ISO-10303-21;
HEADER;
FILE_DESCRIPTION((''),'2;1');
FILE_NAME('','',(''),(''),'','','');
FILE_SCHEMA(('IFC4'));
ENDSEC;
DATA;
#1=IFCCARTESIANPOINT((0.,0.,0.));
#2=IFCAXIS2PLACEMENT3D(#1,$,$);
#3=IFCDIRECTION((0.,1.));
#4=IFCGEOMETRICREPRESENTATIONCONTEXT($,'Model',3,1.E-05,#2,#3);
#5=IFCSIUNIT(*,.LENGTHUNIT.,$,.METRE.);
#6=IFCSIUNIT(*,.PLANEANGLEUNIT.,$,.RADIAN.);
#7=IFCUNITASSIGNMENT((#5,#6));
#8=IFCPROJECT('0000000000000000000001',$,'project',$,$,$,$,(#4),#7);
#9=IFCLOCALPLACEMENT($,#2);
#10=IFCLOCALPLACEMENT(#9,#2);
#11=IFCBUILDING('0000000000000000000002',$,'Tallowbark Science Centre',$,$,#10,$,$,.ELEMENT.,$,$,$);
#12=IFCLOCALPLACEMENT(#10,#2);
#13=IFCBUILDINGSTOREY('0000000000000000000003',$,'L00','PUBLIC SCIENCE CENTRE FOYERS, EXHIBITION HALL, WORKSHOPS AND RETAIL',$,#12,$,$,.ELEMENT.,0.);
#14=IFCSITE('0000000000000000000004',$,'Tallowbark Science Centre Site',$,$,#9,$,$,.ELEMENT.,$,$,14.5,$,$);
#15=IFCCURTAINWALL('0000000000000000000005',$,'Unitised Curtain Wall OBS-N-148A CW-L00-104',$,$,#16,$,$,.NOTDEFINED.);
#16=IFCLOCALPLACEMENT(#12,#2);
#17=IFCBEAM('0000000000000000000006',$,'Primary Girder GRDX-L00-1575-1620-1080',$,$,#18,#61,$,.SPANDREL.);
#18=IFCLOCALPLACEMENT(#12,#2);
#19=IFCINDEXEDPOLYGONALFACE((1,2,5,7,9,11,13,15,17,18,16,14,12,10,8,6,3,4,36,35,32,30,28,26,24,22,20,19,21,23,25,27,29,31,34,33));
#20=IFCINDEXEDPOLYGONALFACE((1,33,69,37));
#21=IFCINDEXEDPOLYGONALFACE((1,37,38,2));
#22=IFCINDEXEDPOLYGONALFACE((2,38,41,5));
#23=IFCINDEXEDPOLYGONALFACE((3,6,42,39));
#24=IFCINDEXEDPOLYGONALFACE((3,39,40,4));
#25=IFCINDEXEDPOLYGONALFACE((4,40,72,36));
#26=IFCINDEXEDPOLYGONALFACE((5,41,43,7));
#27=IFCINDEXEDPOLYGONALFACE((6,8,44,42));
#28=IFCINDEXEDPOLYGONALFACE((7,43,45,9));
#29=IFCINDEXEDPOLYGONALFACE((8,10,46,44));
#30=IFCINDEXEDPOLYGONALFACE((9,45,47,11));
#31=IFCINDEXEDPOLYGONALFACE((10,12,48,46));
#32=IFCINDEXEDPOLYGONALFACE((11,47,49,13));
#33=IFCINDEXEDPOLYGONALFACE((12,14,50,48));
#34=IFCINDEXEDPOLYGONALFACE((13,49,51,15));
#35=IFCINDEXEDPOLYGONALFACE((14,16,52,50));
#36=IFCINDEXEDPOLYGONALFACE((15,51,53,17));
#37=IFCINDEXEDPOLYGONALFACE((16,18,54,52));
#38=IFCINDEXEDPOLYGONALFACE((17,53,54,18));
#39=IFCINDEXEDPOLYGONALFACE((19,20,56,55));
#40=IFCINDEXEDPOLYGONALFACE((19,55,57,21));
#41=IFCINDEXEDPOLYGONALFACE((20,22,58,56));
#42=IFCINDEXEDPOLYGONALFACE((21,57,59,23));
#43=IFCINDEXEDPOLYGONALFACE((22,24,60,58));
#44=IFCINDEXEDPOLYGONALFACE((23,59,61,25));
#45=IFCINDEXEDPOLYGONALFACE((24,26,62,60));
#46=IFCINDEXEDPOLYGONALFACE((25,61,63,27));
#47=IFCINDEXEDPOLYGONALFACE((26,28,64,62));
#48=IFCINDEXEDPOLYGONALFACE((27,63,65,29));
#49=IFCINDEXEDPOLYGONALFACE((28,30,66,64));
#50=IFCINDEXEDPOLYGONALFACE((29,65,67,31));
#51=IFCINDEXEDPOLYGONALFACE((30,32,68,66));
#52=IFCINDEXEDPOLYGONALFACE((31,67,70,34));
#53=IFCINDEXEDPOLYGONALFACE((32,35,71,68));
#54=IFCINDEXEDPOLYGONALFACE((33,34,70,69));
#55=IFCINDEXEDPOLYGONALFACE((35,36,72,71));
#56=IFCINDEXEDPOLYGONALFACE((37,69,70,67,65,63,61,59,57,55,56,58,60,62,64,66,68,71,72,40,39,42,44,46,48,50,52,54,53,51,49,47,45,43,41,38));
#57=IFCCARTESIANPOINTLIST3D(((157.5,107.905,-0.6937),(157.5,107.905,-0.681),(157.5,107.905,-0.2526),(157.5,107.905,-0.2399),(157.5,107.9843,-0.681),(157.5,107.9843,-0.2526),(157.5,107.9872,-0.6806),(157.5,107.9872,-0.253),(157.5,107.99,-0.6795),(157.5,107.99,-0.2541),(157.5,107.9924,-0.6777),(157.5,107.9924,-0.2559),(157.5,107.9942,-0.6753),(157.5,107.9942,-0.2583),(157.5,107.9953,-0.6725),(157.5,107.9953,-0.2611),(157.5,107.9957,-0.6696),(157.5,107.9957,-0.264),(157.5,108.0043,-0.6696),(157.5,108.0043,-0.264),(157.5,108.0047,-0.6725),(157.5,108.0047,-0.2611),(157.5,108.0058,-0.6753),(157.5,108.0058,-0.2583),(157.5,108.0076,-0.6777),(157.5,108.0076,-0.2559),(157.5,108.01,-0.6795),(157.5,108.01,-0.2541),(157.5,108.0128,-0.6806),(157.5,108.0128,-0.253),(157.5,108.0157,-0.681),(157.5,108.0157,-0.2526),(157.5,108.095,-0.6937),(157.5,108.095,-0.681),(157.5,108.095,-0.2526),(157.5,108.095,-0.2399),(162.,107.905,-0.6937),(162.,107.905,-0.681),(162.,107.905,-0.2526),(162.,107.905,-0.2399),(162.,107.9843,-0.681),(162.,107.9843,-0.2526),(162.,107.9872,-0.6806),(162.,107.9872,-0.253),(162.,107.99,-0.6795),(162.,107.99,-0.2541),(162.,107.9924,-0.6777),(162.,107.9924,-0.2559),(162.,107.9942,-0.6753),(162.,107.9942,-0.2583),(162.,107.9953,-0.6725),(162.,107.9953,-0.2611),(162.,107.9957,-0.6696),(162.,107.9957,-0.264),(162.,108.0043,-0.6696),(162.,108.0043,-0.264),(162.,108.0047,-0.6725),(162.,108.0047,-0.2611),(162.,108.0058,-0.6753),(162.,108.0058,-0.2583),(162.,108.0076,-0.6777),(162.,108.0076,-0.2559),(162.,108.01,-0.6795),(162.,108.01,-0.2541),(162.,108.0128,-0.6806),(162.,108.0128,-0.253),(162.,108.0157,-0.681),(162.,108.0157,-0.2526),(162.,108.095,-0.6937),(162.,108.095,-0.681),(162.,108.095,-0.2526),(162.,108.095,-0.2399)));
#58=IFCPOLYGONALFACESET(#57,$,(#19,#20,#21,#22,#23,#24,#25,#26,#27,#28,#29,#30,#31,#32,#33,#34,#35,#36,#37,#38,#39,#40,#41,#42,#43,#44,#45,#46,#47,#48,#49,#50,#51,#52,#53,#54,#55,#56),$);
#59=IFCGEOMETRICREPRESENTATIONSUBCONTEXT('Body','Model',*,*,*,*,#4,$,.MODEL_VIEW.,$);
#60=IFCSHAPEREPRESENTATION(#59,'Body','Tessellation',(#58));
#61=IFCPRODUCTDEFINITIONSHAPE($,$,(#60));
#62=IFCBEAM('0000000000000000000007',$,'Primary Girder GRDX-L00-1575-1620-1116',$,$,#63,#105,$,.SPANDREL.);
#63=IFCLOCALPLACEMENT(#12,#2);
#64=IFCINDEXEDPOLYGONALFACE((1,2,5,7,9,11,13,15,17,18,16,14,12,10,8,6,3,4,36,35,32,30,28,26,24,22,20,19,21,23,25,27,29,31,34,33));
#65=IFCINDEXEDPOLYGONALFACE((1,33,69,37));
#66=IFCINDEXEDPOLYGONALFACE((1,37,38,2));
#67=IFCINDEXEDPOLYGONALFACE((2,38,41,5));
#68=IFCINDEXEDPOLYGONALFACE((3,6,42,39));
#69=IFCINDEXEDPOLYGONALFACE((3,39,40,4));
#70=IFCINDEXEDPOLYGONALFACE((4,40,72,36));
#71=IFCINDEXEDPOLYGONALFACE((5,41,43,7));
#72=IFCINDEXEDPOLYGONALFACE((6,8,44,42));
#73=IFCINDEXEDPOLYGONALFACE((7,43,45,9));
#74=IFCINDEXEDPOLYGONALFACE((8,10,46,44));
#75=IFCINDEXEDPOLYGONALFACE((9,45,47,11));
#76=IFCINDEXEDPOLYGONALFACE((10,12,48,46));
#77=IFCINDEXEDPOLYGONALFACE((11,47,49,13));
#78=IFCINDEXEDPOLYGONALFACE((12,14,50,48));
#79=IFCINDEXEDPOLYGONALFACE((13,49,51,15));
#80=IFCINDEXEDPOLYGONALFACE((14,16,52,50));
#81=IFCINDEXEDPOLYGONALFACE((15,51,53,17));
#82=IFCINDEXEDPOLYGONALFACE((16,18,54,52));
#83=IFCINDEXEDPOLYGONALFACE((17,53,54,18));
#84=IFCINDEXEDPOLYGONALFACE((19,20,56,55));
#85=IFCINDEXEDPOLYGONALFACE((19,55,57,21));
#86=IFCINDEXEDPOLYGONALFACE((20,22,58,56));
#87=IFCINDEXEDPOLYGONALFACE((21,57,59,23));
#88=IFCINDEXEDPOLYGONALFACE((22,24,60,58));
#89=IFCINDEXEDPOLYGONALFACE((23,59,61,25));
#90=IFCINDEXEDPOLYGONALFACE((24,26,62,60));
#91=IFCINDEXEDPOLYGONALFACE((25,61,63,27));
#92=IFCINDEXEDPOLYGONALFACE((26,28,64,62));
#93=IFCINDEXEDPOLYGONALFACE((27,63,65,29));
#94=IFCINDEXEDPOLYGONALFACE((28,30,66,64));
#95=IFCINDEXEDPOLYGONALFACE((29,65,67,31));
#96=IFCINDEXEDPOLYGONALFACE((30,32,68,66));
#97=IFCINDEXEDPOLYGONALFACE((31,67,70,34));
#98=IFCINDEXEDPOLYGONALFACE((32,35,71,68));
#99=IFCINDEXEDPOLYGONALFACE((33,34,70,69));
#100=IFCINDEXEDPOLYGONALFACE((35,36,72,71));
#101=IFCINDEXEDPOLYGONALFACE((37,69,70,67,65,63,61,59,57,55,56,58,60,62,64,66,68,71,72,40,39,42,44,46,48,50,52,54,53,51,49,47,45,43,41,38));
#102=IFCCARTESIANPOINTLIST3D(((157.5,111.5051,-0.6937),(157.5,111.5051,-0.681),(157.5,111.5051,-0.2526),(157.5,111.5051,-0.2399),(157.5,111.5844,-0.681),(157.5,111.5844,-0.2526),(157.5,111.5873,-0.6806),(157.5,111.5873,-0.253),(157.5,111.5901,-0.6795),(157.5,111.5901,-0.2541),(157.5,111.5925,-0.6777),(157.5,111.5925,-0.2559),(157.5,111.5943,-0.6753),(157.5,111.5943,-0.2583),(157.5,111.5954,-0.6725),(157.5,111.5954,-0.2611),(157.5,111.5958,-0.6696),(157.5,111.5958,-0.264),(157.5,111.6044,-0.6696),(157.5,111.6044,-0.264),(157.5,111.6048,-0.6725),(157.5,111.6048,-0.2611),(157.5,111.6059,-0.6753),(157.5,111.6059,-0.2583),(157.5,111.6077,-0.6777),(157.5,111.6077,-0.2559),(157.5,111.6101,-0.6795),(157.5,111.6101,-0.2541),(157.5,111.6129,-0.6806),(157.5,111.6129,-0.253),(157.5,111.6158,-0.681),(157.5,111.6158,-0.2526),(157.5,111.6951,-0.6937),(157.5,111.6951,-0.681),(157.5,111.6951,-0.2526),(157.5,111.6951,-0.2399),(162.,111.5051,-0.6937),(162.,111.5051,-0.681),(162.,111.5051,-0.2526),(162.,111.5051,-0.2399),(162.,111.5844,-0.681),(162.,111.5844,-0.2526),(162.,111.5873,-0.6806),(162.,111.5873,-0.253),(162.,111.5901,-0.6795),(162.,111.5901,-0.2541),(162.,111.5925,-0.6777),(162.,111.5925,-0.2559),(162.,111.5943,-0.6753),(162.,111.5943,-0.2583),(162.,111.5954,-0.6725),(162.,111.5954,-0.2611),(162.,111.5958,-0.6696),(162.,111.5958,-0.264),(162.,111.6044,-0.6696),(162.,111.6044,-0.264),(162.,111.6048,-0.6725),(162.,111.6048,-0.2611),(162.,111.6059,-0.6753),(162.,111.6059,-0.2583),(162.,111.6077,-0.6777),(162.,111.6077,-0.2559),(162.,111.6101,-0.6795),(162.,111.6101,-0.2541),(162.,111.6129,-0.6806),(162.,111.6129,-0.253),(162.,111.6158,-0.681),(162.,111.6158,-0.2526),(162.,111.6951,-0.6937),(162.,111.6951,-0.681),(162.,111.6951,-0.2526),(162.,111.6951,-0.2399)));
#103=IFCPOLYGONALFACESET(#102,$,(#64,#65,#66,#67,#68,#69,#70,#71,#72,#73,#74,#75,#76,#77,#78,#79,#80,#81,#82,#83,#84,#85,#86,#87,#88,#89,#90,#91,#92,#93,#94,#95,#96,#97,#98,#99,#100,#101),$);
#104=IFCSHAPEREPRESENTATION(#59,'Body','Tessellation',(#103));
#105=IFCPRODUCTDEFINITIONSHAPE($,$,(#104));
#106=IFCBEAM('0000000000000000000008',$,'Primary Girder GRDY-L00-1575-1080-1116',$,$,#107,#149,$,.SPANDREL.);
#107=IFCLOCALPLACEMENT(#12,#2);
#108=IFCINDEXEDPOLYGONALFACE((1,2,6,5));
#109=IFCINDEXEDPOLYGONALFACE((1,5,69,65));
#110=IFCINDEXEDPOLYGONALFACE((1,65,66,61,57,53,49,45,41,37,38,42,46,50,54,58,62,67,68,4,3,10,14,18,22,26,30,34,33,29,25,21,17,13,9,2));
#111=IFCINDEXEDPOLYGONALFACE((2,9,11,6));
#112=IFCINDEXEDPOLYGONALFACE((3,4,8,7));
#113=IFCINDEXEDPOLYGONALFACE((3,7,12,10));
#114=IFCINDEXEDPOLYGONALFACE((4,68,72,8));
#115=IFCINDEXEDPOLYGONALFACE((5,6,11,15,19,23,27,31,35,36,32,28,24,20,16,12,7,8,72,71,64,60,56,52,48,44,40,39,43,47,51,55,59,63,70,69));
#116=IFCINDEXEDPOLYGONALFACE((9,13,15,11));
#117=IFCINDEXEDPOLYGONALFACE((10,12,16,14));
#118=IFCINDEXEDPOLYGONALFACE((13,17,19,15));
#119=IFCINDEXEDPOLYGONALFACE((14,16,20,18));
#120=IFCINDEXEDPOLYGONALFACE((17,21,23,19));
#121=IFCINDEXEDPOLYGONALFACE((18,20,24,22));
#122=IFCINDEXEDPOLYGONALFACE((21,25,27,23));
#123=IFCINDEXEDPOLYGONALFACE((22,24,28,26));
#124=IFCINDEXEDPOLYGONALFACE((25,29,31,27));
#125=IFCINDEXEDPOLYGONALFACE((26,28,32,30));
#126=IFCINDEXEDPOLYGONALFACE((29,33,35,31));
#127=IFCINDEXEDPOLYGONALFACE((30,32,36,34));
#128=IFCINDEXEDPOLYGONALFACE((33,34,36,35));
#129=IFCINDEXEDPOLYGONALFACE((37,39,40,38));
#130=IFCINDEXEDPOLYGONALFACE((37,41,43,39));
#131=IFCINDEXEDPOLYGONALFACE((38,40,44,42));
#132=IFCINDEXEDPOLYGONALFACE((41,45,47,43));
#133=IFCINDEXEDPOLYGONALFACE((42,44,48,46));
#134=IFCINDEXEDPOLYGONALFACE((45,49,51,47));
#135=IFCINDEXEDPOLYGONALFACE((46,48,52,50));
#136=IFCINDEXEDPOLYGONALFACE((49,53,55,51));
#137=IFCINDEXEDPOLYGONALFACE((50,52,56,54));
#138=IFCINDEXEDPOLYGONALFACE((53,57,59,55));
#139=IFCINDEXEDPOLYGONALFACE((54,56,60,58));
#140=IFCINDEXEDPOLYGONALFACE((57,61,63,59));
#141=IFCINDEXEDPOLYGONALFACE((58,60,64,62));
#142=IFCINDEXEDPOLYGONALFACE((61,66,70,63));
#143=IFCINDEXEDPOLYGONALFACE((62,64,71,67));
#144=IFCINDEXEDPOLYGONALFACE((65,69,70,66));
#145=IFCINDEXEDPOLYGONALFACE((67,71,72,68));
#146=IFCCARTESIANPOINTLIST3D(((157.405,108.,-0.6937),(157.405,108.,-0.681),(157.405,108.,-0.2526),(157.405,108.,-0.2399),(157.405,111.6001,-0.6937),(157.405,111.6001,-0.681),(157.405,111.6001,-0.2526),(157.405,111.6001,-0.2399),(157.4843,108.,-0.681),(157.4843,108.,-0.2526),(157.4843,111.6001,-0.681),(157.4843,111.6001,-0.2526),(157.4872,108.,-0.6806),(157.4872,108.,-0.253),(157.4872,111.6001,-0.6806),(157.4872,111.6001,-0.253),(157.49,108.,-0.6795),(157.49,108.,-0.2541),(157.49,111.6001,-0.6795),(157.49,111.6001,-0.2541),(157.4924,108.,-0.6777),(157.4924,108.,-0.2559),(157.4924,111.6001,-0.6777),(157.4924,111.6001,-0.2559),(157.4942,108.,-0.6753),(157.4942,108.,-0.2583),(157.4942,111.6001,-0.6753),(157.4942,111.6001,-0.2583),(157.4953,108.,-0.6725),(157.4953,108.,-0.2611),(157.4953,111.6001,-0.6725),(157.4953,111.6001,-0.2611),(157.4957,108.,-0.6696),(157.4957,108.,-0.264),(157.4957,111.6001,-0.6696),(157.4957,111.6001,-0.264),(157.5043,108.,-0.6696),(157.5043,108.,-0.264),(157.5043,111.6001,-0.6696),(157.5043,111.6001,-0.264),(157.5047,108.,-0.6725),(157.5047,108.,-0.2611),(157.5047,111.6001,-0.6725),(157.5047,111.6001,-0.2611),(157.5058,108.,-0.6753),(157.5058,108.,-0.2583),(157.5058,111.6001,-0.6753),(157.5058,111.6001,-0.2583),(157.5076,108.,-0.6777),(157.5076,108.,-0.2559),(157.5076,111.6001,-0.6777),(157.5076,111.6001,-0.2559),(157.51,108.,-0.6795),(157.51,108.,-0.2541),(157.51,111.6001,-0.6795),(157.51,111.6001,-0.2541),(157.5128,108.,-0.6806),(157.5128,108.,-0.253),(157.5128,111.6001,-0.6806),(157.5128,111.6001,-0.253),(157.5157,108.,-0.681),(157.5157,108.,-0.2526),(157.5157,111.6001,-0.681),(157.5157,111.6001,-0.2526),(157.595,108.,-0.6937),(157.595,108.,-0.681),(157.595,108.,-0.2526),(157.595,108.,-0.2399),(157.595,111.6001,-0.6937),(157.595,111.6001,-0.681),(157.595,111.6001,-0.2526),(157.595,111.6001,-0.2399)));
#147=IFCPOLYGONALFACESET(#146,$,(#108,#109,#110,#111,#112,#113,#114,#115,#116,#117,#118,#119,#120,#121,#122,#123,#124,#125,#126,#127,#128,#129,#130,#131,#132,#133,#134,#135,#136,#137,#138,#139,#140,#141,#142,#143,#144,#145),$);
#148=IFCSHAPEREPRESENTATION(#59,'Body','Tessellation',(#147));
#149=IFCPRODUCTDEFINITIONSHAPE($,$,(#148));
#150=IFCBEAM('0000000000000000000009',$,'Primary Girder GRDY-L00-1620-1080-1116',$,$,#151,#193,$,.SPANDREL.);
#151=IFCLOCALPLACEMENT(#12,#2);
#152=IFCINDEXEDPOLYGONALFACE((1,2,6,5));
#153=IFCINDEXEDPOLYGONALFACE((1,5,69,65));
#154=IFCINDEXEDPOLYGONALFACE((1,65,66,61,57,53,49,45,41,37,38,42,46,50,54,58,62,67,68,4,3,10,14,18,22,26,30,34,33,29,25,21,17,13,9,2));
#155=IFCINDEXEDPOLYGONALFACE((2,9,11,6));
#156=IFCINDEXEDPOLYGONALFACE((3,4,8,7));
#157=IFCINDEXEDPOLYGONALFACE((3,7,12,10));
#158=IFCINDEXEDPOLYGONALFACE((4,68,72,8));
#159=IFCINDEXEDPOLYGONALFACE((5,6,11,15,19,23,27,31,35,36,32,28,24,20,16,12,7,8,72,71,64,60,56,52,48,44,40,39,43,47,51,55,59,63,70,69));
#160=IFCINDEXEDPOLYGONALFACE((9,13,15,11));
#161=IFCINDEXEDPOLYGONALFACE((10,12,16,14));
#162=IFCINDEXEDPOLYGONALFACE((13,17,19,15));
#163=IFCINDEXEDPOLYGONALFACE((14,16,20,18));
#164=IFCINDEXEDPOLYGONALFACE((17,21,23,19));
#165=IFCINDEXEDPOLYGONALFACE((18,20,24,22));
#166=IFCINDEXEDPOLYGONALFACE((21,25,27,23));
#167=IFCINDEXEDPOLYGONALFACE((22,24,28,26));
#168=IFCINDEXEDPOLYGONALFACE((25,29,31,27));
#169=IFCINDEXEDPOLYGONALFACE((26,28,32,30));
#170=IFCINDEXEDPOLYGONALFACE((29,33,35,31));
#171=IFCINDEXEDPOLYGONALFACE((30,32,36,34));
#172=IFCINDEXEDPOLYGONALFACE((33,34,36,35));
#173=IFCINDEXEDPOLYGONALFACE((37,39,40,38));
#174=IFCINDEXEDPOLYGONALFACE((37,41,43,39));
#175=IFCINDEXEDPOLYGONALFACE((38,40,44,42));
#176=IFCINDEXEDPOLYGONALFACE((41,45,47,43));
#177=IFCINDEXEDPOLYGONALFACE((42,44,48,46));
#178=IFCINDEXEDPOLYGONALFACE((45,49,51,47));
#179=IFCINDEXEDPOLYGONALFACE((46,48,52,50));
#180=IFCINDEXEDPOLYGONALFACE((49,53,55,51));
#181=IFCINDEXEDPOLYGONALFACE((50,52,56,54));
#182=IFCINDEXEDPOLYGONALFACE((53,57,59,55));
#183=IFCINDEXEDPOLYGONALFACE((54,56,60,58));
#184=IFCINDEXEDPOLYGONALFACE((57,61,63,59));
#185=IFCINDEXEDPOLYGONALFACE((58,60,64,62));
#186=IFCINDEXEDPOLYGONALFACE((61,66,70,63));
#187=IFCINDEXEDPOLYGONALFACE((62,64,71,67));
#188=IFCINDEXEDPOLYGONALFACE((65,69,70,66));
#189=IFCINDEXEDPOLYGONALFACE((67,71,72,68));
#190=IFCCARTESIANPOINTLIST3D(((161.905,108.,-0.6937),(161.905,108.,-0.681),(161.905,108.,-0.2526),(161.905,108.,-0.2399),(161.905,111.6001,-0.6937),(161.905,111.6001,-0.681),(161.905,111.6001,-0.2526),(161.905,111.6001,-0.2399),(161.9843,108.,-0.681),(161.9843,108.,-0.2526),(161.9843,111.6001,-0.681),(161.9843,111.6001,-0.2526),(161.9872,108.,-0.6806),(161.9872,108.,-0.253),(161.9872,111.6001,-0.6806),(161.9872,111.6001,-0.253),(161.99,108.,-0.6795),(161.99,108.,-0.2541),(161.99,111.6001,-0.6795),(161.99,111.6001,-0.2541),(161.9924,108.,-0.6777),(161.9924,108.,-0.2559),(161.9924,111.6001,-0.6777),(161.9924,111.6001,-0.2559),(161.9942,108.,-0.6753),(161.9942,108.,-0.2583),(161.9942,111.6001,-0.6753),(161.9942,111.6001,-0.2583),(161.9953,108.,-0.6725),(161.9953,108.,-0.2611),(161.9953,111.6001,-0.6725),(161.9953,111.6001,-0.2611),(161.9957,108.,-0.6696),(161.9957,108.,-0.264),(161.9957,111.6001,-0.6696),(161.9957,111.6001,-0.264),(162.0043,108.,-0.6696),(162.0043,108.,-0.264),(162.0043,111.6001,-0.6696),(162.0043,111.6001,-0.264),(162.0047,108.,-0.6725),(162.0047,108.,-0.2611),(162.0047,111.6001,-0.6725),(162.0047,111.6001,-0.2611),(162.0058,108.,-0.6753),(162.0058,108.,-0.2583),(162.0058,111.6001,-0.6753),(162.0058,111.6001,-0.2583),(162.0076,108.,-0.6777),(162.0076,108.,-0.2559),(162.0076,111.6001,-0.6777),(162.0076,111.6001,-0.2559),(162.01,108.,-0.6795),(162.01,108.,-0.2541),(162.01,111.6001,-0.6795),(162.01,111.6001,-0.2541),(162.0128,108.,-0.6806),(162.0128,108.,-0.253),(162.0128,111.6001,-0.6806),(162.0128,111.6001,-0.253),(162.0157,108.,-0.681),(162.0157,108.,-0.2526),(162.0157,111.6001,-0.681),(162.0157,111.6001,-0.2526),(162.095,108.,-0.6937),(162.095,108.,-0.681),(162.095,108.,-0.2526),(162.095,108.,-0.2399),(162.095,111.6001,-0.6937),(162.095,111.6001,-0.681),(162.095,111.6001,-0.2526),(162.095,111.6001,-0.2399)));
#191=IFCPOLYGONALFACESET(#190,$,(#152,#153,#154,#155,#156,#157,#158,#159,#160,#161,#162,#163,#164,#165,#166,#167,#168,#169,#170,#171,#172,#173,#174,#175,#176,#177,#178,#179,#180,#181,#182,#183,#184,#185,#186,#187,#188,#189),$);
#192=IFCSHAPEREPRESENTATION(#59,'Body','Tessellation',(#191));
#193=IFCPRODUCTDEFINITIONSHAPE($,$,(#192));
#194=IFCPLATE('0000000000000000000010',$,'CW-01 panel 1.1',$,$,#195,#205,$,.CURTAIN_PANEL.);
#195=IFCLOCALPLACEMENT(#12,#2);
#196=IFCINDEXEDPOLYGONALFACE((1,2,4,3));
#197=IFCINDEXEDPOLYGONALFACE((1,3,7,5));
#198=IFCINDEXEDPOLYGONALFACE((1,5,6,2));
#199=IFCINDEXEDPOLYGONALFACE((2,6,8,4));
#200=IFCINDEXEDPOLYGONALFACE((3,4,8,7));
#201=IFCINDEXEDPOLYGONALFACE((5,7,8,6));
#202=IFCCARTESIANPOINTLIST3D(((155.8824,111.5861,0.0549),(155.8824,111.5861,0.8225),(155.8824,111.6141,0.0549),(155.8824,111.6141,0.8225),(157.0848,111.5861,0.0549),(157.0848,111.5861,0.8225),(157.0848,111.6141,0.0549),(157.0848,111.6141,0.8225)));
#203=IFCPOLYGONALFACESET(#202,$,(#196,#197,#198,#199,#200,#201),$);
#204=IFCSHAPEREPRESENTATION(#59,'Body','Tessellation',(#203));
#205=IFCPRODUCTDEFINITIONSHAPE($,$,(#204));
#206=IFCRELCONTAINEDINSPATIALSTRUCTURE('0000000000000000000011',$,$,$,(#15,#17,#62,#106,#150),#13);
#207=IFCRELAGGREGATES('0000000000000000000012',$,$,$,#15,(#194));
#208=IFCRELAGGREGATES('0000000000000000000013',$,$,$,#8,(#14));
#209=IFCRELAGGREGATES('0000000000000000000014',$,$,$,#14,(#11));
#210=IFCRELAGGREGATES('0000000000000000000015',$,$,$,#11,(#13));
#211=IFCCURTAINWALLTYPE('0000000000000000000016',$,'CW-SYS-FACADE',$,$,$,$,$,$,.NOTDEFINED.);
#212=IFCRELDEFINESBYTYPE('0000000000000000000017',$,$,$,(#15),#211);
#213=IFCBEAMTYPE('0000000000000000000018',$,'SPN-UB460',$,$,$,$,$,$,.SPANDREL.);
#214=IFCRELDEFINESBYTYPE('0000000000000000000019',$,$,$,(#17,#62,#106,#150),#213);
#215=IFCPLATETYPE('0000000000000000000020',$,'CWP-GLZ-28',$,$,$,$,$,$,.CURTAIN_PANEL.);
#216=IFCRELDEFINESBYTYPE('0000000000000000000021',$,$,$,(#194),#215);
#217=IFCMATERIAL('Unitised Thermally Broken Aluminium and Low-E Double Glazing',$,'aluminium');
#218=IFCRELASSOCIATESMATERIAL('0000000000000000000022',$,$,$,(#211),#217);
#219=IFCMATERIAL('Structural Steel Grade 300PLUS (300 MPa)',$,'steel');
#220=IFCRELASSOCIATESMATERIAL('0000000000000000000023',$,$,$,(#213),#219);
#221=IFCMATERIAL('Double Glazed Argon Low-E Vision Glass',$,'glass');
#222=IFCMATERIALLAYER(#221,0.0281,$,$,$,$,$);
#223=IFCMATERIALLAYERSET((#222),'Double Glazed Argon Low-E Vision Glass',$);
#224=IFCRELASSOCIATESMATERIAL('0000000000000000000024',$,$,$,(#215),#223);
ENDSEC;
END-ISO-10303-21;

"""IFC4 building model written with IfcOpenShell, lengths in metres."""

from ifc_helpers import new_model, si_unit, direction, frame, origin, origin_2d, place, context, subcontext, project, spatial, rectangle, i_section, extrude, material, layer, layer_set, material_profile, profile_set, type_object, element, aggregate, save


model = new_model("IFC4")

# Units and contexts
model_context = context("Model", 3, precision=1e-05, world=origin(), true_north=direction((0.0, 1.0)))
body_context = subcontext(model_context, "Body", "Model", "MODEL_VIEW")
ifc_project = project(units=[si_unit("LENGTHUNIT", "METRE"), si_unit("PLANEANGLEUNIT", "RADIAN")], contexts=[model_context])

# Site, building, storey
site_placement = place(None, origin())
site = spatial("IfcSite", under=ifc_project, at=site_placement, Name="Tallowbark Science Centre Site", CompositionType="ELEMENT", RefElevation=14.5)
building_placement = place(site_placement, origin())
building = spatial("IfcBuilding", under=site, at=building_placement, Name="Tallowbark Science Centre", CompositionType="ELEMENT")
storey_placement = place(building_placement, origin())
storey = spatial("IfcBuildingStorey", under=building, at=storey_placement, Name="L00", Description="PUBLIC SCIENCE CENTRE FOYERS, EXHIBITION HALL, WORKSHOPS AND RETAIL", CompositionType="ELEMENT", Elevation=0.0)

# Shared definitions
ifc_material_1 = material(Name="Structural Steel Grade 300PLUS (300 MPa)", Category="steel")

# Curtain wall
ifc_material_2 = material(Name="Unitised Thermally Broken Aluminium and Low-E Double Glazing", Category="aluminium")
curtain_wall_type = type_object("IfcCurtainWallType", Name="CW-SYS-FACADE", PredefinedType="NOTDEFINED", material=ifc_material_2)
curtain_wall_placement = place(storey_placement, origin())
curtain_wall = element("IfcCurtainWall", 1, at=curtain_wall_placement, inside=storey, type_object=curtain_wall_type, Name="Unitised Curtain Wall OBS-N-148A CW-L00-104", PredefinedType="NOTDEFINED")

# Beams
ifc_material_profile_1 = material_profile(ifc_material_1, i_section(OverallWidth=0.1899, OverallDepth=0.4539, WebThickness=0.0085, FlangeThickness=0.0127, FilletRadius=0.0115, at=origin_2d()), Name="460UB67.1")
ifc_profile_set_1 = profile_set([ifc_material_profile_1], Name="Structural Steel Grade 300PLUS (300 MPa)")
beam_type = type_object("IfcBeamType", Name="SPN-UB460", PredefinedType="SPANDREL", material=ifc_profile_set_1)
for number, where, z_axis, x_axis, name in (
    (2, (157.5, 108.0, -0.4668), (1.0, 0.0, 0.0), (0.0, 1.0, 0.0), "Primary Girder GRDX-L00-1575-1620-1080"),
    (3, (157.5, 111.6001, -0.4668), (1.0, 0.0, 0.0), (0.0, 1.0, 0.0), "Primary Girder GRDX-L00-1575-1620-1116"),
):
    element("IfcBeam", number, at=place(storey_placement, frame(where, z_axis=z_axis, x_axis=x_axis)), inside=storey, type_object=beam_type, Name=name, PredefinedType="SPANDREL", context=body_context, shape_type="SweptSolid", body=[
        extrude(i_section(OverallWidth=0.1899, OverallDepth=0.4539, WebThickness=0.0085, FlangeThickness=0.0127, FilletRadius=0.0115, at=origin_2d()), origin(), (0.0, 0.0, 1.0), 4.5),
    ])
for number, where, z_axis, x_axis, name in (
    (4, (157.5, 108.0, -0.4668), (0.0, 1.0, 0.0), (-1.0, 0.0, 0.0), "Primary Girder GRDY-L00-1575-1080-1116"),
    (5, (162.0, 108.0, -0.4668), (0.0, 1.0, 0.0), (-1.0, 0.0, 0.0), "Primary Girder GRDY-L00-1620-1080-1116"),
):
    element("IfcBeam", number, at=place(storey_placement, frame(where, z_axis=z_axis, x_axis=x_axis)), inside=storey, type_object=beam_type, Name=name, PredefinedType="SPANDREL", context=body_context, shape_type="SweptSolid", body=[
        extrude(i_section(OverallWidth=0.1899, OverallDepth=0.4539, WebThickness=0.0085, FlangeThickness=0.0127, FilletRadius=0.0115, at=origin_2d()), origin(), (0.0, 0.0, 1.0), 3.6001),
    ])

# Plate
ifc_material_3 = material(Name="Double Glazed Argon Low-E Vision Glass", Category="glass")
ifc_layer_1 = layer(ifc_material_3, 0.0281)
ifc_layer_set_1 = layer_set([ifc_layer_1], Name="Double Glazed Argon Low-E Vision Glass")
plate_type = type_object("IfcPlateType", Name="CWP-GLZ-28", PredefinedType="CURTAIN_PANEL", material=ifc_layer_set_1)
plate_1_placement = place(storey_placement, frame((156.4836, 111.6001, 0.0549), z_axis=(0.0, 0.0, 1.0), x_axis=(-1.0, 0.0, 0.0)))
plate_1 = element("IfcPlate", 6, at=plate_1_placement, type_object=plate_type, Name="CW-01 panel 1.1", PredefinedType="CURTAIN_PANEL", context=body_context, shape_type="SweptSolid", body=[
    extrude(rectangle(XDim=1.2024, YDim=0.0281, at=origin_2d()), origin(), (0.0, 0.0, 1.0), 0.7676),
])
aggregate(curtain_wall, [plate_1])

save(model, "model.ifc")
